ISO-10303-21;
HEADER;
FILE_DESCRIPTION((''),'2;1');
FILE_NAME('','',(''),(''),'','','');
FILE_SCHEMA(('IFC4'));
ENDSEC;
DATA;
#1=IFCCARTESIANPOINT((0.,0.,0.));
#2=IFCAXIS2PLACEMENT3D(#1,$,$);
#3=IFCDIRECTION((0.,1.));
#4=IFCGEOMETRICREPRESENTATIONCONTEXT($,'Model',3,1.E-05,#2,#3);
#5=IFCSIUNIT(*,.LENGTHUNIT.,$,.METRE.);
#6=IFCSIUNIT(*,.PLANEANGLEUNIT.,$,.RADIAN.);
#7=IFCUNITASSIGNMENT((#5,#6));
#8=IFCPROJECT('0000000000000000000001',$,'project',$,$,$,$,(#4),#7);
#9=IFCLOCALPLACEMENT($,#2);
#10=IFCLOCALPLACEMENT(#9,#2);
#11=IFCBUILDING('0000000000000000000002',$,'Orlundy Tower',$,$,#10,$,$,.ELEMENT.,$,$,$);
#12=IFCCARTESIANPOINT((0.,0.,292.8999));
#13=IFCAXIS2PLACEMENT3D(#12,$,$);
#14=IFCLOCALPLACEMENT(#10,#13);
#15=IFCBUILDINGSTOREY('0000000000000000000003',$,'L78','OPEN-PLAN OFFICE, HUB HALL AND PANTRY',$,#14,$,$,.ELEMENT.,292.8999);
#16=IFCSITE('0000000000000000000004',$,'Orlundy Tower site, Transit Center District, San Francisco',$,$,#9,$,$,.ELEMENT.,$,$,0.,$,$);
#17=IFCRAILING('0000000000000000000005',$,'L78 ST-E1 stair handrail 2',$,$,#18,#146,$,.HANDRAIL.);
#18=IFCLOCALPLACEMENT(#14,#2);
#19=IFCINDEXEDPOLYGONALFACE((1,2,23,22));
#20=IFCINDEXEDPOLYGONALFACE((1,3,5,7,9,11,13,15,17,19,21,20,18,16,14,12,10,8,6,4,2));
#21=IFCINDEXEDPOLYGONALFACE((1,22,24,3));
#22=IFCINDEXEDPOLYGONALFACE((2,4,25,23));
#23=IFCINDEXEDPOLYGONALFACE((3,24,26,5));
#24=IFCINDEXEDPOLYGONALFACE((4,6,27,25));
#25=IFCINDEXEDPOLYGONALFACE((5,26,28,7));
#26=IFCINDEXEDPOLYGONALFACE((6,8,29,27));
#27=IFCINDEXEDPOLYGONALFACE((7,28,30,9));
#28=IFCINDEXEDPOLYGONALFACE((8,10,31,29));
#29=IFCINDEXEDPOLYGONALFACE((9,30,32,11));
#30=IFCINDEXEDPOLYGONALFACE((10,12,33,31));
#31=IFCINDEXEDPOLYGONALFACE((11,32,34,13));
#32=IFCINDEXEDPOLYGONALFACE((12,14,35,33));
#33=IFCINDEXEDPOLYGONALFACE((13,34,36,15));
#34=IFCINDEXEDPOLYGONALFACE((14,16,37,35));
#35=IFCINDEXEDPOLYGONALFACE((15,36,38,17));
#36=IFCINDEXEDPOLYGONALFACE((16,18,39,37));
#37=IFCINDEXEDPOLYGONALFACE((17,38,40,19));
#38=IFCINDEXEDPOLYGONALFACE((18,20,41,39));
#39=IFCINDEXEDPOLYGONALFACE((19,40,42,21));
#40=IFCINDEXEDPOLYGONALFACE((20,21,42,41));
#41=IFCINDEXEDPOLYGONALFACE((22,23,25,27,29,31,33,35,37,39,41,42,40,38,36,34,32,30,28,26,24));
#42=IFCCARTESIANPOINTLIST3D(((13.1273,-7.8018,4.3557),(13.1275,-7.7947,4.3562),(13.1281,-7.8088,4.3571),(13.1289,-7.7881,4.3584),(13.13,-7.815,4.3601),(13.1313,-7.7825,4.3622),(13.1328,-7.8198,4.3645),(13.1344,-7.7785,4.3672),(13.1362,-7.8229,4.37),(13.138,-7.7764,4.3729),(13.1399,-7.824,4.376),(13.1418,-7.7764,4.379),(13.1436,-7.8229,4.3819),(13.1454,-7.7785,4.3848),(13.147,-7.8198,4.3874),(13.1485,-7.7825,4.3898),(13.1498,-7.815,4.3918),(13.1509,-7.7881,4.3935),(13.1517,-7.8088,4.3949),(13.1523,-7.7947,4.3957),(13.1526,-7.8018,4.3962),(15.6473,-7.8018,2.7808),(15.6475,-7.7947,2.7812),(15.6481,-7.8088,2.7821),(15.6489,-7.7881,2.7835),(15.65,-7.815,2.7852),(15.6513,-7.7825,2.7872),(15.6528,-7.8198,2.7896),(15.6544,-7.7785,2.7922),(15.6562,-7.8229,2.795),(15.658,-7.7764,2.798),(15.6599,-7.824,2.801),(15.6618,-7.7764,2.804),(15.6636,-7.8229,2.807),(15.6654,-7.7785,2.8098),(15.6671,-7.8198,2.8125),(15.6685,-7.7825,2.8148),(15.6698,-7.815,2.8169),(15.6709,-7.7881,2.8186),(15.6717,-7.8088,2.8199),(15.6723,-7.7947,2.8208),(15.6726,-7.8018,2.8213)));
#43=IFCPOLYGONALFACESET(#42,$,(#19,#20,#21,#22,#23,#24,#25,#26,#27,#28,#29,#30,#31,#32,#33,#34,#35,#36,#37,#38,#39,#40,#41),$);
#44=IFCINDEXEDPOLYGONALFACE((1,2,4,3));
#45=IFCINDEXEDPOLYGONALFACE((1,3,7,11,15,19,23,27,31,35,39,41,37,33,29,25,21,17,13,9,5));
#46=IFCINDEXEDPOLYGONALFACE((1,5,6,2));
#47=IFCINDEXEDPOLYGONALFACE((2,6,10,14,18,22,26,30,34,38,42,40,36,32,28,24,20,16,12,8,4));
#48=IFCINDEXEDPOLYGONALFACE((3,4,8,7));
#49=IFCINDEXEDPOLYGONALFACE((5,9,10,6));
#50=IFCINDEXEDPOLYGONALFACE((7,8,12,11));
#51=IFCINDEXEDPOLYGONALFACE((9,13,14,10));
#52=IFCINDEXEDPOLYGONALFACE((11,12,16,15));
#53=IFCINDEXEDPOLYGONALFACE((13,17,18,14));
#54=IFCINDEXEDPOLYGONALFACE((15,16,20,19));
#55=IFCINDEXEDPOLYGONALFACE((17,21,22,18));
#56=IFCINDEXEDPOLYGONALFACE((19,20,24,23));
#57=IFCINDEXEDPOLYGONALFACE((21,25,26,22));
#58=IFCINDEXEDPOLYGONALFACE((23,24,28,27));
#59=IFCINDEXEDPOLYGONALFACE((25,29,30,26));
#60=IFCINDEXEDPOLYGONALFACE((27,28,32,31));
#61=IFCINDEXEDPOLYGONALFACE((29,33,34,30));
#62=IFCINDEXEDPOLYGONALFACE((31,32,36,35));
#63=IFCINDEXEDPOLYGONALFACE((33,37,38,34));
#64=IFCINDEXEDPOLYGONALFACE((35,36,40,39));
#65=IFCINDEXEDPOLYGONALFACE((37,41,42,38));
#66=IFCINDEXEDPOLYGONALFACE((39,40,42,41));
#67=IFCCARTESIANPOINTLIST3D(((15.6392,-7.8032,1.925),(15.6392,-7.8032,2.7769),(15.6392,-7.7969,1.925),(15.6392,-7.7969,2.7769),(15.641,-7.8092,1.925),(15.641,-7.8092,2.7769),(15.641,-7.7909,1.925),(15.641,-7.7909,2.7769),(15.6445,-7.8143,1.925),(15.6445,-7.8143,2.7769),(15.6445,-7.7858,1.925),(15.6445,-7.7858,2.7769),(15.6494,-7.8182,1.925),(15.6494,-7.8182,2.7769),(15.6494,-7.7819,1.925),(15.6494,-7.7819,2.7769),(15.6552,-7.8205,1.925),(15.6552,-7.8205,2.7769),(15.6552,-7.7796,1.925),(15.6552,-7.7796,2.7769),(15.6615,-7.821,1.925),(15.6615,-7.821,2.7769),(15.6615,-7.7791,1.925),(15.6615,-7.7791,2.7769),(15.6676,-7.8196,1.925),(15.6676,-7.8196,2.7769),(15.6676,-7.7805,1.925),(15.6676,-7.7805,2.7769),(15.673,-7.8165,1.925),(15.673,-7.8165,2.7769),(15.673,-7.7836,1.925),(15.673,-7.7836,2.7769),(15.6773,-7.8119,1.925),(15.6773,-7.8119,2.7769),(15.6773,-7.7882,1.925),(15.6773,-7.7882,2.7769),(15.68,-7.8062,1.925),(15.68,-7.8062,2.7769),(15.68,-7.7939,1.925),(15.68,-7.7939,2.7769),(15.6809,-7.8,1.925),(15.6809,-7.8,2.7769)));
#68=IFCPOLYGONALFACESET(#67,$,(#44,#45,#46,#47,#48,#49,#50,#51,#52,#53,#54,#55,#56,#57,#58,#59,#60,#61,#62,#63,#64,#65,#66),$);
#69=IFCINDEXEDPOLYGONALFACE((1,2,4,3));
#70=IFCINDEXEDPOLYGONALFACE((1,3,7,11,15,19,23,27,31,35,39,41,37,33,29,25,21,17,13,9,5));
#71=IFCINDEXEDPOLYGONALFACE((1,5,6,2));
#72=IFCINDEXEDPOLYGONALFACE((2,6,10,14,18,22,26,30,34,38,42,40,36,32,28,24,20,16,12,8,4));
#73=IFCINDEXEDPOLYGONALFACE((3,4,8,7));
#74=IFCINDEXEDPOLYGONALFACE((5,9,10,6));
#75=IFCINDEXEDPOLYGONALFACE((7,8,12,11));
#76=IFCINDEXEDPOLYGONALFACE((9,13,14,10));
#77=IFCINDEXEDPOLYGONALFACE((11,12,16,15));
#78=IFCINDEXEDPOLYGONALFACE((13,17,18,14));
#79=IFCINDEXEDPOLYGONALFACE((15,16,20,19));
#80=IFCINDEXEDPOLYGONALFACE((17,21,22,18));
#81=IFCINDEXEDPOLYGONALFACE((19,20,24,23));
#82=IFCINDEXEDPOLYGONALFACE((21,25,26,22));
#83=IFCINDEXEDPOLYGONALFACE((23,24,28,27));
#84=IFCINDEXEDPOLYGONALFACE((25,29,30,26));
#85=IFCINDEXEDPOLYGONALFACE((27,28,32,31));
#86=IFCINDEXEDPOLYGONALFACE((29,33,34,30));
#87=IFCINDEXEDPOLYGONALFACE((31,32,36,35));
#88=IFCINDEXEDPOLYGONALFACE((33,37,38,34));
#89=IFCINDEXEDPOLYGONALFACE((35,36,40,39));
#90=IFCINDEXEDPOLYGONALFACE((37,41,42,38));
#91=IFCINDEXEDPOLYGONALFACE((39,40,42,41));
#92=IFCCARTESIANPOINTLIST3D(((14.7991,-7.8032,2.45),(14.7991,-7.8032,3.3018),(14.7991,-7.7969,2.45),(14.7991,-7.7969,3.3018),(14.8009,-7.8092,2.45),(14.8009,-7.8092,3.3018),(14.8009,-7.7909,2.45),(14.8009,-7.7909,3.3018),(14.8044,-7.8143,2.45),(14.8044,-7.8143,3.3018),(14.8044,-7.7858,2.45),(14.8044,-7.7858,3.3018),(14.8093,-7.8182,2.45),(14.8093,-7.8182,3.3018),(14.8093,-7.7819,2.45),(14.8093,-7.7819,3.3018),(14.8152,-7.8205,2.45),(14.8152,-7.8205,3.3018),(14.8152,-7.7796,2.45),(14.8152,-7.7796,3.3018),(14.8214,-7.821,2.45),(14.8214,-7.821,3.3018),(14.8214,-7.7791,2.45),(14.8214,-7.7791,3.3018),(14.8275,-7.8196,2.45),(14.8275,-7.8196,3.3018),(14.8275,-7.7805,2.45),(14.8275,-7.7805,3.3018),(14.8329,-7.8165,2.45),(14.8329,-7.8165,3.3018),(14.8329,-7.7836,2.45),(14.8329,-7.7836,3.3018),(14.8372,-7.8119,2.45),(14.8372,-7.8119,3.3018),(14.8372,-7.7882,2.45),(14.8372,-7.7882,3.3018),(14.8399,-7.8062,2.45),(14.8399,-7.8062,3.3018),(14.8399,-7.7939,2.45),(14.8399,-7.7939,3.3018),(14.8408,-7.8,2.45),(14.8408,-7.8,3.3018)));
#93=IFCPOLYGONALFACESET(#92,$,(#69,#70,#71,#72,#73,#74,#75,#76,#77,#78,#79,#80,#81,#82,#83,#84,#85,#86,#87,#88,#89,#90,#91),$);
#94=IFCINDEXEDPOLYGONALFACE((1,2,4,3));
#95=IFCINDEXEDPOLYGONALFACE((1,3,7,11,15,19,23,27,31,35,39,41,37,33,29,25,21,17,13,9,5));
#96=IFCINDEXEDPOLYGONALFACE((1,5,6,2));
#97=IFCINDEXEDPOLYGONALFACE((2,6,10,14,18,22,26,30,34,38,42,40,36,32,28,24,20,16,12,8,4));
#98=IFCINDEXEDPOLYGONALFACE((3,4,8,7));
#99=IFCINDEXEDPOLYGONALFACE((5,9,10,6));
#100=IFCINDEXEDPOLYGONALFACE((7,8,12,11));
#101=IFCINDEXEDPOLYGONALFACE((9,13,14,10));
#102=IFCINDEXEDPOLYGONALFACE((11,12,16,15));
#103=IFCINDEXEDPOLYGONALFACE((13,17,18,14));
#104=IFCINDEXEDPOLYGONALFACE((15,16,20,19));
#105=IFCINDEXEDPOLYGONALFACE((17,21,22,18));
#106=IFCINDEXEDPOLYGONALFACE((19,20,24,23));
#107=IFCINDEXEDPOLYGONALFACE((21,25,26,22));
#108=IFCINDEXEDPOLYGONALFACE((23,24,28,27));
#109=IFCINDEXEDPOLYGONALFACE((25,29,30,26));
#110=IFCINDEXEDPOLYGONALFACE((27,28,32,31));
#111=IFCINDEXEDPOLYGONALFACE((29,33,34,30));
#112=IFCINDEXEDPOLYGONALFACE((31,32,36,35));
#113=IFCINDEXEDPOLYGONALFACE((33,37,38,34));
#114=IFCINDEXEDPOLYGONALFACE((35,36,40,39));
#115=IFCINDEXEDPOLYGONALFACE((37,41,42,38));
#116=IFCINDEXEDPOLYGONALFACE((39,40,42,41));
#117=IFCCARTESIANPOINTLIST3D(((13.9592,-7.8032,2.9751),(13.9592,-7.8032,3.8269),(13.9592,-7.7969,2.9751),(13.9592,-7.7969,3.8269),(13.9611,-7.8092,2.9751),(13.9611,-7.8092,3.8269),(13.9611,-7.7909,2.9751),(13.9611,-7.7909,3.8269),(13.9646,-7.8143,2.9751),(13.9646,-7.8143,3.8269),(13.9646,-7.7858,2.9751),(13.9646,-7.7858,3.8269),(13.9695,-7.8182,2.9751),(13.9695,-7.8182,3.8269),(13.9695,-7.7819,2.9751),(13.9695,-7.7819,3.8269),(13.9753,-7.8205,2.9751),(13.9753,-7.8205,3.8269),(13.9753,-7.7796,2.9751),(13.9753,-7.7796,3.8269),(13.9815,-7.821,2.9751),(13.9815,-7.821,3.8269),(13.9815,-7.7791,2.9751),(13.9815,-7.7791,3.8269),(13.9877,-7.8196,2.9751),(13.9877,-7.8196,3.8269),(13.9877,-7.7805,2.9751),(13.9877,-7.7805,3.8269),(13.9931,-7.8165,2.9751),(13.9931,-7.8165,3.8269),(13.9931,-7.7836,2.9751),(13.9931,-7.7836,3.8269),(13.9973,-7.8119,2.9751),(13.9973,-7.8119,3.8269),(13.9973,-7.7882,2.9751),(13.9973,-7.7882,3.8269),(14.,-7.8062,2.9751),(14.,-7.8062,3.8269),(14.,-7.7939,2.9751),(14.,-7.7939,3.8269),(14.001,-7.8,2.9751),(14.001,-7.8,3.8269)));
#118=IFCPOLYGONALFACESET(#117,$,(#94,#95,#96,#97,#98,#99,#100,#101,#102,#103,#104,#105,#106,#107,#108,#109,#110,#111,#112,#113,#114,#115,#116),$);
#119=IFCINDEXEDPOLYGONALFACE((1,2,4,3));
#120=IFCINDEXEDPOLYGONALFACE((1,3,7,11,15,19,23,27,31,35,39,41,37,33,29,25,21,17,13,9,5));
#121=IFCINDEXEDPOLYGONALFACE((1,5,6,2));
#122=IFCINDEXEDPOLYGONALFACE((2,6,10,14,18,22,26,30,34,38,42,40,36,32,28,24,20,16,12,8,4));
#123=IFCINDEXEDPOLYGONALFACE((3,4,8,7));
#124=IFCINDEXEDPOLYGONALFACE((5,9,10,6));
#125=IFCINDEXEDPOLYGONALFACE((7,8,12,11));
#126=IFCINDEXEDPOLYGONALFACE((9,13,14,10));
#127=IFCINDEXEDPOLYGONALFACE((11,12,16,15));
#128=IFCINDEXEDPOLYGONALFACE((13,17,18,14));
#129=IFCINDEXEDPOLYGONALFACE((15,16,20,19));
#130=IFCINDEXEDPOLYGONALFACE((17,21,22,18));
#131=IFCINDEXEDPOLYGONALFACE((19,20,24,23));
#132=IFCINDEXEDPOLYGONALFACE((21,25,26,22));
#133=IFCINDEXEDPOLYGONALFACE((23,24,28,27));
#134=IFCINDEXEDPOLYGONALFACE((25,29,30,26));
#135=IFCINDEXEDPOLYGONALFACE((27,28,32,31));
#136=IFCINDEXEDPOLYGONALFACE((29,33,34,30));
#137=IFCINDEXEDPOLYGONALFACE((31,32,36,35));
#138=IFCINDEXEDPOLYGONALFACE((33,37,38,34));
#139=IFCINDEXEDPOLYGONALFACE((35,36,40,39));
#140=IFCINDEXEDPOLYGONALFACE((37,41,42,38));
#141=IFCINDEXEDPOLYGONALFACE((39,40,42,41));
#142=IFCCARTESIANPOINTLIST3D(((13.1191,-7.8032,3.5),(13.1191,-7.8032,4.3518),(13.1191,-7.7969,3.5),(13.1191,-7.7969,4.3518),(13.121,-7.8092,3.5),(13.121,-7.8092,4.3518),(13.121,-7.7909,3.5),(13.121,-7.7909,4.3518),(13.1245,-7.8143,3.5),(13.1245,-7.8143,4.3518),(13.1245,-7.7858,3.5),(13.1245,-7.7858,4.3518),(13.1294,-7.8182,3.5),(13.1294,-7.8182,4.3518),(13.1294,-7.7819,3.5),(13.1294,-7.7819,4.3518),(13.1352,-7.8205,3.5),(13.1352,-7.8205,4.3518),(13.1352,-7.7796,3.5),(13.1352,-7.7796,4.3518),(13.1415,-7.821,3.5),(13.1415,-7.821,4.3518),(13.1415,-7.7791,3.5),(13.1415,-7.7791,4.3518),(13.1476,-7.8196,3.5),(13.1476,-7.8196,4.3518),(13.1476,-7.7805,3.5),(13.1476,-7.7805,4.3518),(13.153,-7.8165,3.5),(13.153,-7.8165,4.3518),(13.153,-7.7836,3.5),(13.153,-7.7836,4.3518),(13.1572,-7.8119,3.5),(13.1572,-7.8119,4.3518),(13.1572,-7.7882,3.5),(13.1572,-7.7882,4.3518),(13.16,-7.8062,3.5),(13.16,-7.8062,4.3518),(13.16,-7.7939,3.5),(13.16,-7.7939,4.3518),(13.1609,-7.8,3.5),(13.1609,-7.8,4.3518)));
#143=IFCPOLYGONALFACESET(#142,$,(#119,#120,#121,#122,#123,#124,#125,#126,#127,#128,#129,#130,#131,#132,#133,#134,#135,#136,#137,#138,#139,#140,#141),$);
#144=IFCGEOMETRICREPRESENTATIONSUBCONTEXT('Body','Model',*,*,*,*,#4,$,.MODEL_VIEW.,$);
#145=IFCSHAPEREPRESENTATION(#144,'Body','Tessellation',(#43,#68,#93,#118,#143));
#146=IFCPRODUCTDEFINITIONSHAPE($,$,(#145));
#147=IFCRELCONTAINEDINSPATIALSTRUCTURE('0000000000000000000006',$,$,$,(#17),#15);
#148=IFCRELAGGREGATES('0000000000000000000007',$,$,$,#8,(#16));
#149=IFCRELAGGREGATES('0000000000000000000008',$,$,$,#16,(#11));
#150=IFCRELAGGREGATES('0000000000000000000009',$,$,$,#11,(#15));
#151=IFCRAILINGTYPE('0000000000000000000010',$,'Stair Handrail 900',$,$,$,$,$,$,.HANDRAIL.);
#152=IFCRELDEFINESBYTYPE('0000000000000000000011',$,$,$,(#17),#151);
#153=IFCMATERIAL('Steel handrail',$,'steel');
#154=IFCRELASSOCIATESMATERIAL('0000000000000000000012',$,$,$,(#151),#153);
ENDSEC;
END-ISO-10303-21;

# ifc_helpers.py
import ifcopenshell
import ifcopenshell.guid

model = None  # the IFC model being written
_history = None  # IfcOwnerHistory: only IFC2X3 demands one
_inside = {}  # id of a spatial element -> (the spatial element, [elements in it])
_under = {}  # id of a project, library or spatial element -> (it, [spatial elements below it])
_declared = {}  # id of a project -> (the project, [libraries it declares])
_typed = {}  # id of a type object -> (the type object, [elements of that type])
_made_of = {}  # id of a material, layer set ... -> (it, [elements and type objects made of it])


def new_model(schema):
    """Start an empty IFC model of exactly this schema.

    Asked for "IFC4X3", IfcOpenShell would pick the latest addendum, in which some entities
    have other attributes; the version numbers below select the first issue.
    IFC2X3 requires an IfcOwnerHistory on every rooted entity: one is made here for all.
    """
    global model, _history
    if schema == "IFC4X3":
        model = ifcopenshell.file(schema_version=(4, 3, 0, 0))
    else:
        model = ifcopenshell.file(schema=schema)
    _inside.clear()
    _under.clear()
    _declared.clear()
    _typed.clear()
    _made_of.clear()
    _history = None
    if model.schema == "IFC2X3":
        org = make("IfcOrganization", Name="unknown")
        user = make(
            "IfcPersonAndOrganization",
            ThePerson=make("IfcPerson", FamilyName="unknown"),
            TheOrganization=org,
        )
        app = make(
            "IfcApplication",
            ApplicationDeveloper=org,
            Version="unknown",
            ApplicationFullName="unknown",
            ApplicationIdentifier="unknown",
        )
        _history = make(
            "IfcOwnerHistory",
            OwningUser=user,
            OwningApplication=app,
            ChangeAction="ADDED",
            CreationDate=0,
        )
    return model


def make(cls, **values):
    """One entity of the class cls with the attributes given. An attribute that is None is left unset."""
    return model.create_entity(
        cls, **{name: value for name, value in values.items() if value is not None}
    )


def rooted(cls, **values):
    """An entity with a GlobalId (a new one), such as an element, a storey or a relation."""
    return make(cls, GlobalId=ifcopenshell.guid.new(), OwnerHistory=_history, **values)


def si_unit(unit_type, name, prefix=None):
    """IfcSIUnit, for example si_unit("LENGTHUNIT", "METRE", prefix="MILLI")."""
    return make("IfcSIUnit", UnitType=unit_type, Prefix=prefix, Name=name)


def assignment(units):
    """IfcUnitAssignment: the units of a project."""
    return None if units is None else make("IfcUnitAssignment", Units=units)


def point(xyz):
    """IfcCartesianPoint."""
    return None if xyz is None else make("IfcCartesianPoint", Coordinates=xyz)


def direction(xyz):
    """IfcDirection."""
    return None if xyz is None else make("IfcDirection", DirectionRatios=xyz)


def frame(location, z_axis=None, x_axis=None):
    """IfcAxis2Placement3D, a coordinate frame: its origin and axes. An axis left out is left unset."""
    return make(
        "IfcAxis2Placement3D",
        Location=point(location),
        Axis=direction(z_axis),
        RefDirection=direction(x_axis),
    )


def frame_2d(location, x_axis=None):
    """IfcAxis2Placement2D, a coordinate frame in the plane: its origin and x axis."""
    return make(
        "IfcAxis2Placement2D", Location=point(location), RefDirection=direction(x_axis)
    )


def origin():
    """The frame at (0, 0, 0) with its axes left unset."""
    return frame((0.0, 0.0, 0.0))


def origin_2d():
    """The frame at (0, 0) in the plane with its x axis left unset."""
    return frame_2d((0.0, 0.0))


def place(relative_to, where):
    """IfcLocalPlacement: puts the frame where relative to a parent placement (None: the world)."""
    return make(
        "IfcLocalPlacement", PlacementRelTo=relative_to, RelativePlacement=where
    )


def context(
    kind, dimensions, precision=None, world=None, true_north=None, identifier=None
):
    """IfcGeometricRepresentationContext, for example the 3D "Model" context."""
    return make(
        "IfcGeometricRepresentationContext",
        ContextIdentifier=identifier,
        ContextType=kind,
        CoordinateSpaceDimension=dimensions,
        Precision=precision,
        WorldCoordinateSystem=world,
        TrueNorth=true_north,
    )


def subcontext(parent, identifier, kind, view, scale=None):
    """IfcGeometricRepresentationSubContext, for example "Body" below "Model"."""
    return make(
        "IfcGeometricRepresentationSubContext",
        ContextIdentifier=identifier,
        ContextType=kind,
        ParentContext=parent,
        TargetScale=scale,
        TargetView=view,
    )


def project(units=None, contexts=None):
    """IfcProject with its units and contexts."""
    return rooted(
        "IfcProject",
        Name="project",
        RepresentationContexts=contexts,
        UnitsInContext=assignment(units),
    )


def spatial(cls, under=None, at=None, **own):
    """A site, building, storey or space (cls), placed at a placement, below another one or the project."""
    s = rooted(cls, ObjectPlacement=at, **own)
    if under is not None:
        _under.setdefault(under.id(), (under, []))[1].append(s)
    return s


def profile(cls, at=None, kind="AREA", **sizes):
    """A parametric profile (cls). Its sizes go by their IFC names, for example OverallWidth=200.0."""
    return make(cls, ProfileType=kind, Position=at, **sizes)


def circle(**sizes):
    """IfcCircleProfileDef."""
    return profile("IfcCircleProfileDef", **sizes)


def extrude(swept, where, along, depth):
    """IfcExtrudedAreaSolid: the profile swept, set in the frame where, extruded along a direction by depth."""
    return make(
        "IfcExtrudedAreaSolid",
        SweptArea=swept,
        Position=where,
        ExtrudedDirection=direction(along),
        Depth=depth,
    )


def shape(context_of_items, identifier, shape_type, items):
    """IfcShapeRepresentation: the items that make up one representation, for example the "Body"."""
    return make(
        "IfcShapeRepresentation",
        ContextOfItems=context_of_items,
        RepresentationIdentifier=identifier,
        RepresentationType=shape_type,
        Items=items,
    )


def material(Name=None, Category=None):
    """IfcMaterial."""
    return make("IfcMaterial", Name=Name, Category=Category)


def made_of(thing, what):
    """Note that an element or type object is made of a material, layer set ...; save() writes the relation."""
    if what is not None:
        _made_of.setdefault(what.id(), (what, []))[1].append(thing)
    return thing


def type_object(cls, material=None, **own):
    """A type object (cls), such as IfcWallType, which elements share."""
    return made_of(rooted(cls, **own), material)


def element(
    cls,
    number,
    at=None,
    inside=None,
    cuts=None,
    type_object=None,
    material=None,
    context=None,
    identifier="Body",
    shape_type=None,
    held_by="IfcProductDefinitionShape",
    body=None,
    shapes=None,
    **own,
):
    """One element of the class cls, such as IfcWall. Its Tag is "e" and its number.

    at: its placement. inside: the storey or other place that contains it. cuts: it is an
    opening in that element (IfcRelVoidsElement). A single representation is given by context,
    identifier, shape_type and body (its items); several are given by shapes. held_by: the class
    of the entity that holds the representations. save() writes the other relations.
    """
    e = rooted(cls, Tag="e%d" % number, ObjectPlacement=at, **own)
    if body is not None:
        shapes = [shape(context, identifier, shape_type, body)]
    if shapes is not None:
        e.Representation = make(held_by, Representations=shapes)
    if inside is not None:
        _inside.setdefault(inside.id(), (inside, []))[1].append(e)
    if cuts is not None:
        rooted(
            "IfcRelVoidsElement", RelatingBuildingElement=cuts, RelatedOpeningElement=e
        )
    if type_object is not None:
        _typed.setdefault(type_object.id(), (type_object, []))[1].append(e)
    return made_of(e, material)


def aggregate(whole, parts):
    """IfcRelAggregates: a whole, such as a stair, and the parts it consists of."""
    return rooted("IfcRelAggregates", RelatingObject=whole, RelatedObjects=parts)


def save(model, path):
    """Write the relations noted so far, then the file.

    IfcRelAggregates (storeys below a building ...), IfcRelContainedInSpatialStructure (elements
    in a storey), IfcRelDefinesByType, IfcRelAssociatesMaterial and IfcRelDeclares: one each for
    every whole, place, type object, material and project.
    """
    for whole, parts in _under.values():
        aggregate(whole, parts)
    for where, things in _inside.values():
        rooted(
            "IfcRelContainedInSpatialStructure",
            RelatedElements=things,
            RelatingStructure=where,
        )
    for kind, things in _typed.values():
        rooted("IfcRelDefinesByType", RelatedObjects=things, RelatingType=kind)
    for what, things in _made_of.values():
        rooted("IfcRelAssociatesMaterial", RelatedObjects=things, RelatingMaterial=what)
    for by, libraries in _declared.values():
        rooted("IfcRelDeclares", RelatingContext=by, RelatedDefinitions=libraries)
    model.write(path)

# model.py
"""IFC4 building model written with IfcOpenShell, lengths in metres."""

from ifc_helpers import new_model, si_unit, direction, frame, origin, origin_2d, place, context, subcontext, project, spatial, circle, extrude, material, type_object, element, save


model = new_model("IFC4")

# Units and contexts
model_context = context("Model", 3, precision=1e-05, world=origin(), true_north=direction((0.0, 1.0)))
body_context = subcontext(model_context, "Body", "Model", "MODEL_VIEW")
ifc_project = project(units=[si_unit("LENGTHUNIT", "METRE"), si_unit("PLANEANGLEUNIT", "RADIAN")], contexts=[model_context])

# Site, building, storey
site_placement = place(None, origin())
site = spatial("IfcSite", under=ifc_project, at=site_placement, Name="Orlundy Tower site, Transit Center District, San Francisco", CompositionType="ELEMENT", RefElevation=0.0)
building_placement = place(site_placement, origin())
building = spatial("IfcBuilding", under=site, at=building_placement, Name="Orlundy Tower", CompositionType="ELEMENT")
storey_placement = place(building_placement, frame((0.0, 0.0, 292.8999)))
storey = spatial("IfcBuildingStorey", under=building, at=storey_placement, Name="L78", Description="OPEN-PLAN OFFICE, HUB HALL AND PANTRY", CompositionType="ELEMENT", Elevation=292.8999)

# Railing
ifc_material_1 = material(Name="Steel handrail", Category="steel")
railing_type_1 = type_object("IfcRailingType", Name="Stair Handrail 900", PredefinedType="HANDRAIL", material=ifc_material_1)
railing_1_placement = place(storey_placement, frame((15.6599, -7.8, 1.925)))
element("IfcRailing", 1, at=railing_1_placement, inside=storey, type_object=railing_type_1, Name="L78 ST-E1 stair handrail 2", PredefinedType="HANDRAIL", context=body_context, shape_type="SweptSolid", body=[
    extrude(circle(Radius=0.0239, at=origin_2d()), frame((0.0, 0.0, 0.876), z_axis=(-0.848008, 0.0, 0.529984), x_axis=(0.0, -1.0, 0.0)), (0.0, 0.0, 1.0), 2.9717),
    extrude(circle(Radius=0.021, at=origin_2d()), origin(), (0.0, 0.0, 1.0), 0.8518),
    extrude(circle(Radius=0.021, at=origin_2d()), frame((-0.8401, 0.0, 0.5249)), (0.0, 0.0, 1.0), 0.8518),
    extrude(circle(Radius=0.021, at=origin_2d()), frame((-1.6799, 0.0, 1.05)), (0.0, 0.0, 1.0), 0.8518),
    extrude(circle(Radius=0.021, at=origin_2d()), frame((-2.52, 0.0, 1.575)), (0.0, 0.0, 1.0), 0.8518),
])

save(model, "model.ifc")
